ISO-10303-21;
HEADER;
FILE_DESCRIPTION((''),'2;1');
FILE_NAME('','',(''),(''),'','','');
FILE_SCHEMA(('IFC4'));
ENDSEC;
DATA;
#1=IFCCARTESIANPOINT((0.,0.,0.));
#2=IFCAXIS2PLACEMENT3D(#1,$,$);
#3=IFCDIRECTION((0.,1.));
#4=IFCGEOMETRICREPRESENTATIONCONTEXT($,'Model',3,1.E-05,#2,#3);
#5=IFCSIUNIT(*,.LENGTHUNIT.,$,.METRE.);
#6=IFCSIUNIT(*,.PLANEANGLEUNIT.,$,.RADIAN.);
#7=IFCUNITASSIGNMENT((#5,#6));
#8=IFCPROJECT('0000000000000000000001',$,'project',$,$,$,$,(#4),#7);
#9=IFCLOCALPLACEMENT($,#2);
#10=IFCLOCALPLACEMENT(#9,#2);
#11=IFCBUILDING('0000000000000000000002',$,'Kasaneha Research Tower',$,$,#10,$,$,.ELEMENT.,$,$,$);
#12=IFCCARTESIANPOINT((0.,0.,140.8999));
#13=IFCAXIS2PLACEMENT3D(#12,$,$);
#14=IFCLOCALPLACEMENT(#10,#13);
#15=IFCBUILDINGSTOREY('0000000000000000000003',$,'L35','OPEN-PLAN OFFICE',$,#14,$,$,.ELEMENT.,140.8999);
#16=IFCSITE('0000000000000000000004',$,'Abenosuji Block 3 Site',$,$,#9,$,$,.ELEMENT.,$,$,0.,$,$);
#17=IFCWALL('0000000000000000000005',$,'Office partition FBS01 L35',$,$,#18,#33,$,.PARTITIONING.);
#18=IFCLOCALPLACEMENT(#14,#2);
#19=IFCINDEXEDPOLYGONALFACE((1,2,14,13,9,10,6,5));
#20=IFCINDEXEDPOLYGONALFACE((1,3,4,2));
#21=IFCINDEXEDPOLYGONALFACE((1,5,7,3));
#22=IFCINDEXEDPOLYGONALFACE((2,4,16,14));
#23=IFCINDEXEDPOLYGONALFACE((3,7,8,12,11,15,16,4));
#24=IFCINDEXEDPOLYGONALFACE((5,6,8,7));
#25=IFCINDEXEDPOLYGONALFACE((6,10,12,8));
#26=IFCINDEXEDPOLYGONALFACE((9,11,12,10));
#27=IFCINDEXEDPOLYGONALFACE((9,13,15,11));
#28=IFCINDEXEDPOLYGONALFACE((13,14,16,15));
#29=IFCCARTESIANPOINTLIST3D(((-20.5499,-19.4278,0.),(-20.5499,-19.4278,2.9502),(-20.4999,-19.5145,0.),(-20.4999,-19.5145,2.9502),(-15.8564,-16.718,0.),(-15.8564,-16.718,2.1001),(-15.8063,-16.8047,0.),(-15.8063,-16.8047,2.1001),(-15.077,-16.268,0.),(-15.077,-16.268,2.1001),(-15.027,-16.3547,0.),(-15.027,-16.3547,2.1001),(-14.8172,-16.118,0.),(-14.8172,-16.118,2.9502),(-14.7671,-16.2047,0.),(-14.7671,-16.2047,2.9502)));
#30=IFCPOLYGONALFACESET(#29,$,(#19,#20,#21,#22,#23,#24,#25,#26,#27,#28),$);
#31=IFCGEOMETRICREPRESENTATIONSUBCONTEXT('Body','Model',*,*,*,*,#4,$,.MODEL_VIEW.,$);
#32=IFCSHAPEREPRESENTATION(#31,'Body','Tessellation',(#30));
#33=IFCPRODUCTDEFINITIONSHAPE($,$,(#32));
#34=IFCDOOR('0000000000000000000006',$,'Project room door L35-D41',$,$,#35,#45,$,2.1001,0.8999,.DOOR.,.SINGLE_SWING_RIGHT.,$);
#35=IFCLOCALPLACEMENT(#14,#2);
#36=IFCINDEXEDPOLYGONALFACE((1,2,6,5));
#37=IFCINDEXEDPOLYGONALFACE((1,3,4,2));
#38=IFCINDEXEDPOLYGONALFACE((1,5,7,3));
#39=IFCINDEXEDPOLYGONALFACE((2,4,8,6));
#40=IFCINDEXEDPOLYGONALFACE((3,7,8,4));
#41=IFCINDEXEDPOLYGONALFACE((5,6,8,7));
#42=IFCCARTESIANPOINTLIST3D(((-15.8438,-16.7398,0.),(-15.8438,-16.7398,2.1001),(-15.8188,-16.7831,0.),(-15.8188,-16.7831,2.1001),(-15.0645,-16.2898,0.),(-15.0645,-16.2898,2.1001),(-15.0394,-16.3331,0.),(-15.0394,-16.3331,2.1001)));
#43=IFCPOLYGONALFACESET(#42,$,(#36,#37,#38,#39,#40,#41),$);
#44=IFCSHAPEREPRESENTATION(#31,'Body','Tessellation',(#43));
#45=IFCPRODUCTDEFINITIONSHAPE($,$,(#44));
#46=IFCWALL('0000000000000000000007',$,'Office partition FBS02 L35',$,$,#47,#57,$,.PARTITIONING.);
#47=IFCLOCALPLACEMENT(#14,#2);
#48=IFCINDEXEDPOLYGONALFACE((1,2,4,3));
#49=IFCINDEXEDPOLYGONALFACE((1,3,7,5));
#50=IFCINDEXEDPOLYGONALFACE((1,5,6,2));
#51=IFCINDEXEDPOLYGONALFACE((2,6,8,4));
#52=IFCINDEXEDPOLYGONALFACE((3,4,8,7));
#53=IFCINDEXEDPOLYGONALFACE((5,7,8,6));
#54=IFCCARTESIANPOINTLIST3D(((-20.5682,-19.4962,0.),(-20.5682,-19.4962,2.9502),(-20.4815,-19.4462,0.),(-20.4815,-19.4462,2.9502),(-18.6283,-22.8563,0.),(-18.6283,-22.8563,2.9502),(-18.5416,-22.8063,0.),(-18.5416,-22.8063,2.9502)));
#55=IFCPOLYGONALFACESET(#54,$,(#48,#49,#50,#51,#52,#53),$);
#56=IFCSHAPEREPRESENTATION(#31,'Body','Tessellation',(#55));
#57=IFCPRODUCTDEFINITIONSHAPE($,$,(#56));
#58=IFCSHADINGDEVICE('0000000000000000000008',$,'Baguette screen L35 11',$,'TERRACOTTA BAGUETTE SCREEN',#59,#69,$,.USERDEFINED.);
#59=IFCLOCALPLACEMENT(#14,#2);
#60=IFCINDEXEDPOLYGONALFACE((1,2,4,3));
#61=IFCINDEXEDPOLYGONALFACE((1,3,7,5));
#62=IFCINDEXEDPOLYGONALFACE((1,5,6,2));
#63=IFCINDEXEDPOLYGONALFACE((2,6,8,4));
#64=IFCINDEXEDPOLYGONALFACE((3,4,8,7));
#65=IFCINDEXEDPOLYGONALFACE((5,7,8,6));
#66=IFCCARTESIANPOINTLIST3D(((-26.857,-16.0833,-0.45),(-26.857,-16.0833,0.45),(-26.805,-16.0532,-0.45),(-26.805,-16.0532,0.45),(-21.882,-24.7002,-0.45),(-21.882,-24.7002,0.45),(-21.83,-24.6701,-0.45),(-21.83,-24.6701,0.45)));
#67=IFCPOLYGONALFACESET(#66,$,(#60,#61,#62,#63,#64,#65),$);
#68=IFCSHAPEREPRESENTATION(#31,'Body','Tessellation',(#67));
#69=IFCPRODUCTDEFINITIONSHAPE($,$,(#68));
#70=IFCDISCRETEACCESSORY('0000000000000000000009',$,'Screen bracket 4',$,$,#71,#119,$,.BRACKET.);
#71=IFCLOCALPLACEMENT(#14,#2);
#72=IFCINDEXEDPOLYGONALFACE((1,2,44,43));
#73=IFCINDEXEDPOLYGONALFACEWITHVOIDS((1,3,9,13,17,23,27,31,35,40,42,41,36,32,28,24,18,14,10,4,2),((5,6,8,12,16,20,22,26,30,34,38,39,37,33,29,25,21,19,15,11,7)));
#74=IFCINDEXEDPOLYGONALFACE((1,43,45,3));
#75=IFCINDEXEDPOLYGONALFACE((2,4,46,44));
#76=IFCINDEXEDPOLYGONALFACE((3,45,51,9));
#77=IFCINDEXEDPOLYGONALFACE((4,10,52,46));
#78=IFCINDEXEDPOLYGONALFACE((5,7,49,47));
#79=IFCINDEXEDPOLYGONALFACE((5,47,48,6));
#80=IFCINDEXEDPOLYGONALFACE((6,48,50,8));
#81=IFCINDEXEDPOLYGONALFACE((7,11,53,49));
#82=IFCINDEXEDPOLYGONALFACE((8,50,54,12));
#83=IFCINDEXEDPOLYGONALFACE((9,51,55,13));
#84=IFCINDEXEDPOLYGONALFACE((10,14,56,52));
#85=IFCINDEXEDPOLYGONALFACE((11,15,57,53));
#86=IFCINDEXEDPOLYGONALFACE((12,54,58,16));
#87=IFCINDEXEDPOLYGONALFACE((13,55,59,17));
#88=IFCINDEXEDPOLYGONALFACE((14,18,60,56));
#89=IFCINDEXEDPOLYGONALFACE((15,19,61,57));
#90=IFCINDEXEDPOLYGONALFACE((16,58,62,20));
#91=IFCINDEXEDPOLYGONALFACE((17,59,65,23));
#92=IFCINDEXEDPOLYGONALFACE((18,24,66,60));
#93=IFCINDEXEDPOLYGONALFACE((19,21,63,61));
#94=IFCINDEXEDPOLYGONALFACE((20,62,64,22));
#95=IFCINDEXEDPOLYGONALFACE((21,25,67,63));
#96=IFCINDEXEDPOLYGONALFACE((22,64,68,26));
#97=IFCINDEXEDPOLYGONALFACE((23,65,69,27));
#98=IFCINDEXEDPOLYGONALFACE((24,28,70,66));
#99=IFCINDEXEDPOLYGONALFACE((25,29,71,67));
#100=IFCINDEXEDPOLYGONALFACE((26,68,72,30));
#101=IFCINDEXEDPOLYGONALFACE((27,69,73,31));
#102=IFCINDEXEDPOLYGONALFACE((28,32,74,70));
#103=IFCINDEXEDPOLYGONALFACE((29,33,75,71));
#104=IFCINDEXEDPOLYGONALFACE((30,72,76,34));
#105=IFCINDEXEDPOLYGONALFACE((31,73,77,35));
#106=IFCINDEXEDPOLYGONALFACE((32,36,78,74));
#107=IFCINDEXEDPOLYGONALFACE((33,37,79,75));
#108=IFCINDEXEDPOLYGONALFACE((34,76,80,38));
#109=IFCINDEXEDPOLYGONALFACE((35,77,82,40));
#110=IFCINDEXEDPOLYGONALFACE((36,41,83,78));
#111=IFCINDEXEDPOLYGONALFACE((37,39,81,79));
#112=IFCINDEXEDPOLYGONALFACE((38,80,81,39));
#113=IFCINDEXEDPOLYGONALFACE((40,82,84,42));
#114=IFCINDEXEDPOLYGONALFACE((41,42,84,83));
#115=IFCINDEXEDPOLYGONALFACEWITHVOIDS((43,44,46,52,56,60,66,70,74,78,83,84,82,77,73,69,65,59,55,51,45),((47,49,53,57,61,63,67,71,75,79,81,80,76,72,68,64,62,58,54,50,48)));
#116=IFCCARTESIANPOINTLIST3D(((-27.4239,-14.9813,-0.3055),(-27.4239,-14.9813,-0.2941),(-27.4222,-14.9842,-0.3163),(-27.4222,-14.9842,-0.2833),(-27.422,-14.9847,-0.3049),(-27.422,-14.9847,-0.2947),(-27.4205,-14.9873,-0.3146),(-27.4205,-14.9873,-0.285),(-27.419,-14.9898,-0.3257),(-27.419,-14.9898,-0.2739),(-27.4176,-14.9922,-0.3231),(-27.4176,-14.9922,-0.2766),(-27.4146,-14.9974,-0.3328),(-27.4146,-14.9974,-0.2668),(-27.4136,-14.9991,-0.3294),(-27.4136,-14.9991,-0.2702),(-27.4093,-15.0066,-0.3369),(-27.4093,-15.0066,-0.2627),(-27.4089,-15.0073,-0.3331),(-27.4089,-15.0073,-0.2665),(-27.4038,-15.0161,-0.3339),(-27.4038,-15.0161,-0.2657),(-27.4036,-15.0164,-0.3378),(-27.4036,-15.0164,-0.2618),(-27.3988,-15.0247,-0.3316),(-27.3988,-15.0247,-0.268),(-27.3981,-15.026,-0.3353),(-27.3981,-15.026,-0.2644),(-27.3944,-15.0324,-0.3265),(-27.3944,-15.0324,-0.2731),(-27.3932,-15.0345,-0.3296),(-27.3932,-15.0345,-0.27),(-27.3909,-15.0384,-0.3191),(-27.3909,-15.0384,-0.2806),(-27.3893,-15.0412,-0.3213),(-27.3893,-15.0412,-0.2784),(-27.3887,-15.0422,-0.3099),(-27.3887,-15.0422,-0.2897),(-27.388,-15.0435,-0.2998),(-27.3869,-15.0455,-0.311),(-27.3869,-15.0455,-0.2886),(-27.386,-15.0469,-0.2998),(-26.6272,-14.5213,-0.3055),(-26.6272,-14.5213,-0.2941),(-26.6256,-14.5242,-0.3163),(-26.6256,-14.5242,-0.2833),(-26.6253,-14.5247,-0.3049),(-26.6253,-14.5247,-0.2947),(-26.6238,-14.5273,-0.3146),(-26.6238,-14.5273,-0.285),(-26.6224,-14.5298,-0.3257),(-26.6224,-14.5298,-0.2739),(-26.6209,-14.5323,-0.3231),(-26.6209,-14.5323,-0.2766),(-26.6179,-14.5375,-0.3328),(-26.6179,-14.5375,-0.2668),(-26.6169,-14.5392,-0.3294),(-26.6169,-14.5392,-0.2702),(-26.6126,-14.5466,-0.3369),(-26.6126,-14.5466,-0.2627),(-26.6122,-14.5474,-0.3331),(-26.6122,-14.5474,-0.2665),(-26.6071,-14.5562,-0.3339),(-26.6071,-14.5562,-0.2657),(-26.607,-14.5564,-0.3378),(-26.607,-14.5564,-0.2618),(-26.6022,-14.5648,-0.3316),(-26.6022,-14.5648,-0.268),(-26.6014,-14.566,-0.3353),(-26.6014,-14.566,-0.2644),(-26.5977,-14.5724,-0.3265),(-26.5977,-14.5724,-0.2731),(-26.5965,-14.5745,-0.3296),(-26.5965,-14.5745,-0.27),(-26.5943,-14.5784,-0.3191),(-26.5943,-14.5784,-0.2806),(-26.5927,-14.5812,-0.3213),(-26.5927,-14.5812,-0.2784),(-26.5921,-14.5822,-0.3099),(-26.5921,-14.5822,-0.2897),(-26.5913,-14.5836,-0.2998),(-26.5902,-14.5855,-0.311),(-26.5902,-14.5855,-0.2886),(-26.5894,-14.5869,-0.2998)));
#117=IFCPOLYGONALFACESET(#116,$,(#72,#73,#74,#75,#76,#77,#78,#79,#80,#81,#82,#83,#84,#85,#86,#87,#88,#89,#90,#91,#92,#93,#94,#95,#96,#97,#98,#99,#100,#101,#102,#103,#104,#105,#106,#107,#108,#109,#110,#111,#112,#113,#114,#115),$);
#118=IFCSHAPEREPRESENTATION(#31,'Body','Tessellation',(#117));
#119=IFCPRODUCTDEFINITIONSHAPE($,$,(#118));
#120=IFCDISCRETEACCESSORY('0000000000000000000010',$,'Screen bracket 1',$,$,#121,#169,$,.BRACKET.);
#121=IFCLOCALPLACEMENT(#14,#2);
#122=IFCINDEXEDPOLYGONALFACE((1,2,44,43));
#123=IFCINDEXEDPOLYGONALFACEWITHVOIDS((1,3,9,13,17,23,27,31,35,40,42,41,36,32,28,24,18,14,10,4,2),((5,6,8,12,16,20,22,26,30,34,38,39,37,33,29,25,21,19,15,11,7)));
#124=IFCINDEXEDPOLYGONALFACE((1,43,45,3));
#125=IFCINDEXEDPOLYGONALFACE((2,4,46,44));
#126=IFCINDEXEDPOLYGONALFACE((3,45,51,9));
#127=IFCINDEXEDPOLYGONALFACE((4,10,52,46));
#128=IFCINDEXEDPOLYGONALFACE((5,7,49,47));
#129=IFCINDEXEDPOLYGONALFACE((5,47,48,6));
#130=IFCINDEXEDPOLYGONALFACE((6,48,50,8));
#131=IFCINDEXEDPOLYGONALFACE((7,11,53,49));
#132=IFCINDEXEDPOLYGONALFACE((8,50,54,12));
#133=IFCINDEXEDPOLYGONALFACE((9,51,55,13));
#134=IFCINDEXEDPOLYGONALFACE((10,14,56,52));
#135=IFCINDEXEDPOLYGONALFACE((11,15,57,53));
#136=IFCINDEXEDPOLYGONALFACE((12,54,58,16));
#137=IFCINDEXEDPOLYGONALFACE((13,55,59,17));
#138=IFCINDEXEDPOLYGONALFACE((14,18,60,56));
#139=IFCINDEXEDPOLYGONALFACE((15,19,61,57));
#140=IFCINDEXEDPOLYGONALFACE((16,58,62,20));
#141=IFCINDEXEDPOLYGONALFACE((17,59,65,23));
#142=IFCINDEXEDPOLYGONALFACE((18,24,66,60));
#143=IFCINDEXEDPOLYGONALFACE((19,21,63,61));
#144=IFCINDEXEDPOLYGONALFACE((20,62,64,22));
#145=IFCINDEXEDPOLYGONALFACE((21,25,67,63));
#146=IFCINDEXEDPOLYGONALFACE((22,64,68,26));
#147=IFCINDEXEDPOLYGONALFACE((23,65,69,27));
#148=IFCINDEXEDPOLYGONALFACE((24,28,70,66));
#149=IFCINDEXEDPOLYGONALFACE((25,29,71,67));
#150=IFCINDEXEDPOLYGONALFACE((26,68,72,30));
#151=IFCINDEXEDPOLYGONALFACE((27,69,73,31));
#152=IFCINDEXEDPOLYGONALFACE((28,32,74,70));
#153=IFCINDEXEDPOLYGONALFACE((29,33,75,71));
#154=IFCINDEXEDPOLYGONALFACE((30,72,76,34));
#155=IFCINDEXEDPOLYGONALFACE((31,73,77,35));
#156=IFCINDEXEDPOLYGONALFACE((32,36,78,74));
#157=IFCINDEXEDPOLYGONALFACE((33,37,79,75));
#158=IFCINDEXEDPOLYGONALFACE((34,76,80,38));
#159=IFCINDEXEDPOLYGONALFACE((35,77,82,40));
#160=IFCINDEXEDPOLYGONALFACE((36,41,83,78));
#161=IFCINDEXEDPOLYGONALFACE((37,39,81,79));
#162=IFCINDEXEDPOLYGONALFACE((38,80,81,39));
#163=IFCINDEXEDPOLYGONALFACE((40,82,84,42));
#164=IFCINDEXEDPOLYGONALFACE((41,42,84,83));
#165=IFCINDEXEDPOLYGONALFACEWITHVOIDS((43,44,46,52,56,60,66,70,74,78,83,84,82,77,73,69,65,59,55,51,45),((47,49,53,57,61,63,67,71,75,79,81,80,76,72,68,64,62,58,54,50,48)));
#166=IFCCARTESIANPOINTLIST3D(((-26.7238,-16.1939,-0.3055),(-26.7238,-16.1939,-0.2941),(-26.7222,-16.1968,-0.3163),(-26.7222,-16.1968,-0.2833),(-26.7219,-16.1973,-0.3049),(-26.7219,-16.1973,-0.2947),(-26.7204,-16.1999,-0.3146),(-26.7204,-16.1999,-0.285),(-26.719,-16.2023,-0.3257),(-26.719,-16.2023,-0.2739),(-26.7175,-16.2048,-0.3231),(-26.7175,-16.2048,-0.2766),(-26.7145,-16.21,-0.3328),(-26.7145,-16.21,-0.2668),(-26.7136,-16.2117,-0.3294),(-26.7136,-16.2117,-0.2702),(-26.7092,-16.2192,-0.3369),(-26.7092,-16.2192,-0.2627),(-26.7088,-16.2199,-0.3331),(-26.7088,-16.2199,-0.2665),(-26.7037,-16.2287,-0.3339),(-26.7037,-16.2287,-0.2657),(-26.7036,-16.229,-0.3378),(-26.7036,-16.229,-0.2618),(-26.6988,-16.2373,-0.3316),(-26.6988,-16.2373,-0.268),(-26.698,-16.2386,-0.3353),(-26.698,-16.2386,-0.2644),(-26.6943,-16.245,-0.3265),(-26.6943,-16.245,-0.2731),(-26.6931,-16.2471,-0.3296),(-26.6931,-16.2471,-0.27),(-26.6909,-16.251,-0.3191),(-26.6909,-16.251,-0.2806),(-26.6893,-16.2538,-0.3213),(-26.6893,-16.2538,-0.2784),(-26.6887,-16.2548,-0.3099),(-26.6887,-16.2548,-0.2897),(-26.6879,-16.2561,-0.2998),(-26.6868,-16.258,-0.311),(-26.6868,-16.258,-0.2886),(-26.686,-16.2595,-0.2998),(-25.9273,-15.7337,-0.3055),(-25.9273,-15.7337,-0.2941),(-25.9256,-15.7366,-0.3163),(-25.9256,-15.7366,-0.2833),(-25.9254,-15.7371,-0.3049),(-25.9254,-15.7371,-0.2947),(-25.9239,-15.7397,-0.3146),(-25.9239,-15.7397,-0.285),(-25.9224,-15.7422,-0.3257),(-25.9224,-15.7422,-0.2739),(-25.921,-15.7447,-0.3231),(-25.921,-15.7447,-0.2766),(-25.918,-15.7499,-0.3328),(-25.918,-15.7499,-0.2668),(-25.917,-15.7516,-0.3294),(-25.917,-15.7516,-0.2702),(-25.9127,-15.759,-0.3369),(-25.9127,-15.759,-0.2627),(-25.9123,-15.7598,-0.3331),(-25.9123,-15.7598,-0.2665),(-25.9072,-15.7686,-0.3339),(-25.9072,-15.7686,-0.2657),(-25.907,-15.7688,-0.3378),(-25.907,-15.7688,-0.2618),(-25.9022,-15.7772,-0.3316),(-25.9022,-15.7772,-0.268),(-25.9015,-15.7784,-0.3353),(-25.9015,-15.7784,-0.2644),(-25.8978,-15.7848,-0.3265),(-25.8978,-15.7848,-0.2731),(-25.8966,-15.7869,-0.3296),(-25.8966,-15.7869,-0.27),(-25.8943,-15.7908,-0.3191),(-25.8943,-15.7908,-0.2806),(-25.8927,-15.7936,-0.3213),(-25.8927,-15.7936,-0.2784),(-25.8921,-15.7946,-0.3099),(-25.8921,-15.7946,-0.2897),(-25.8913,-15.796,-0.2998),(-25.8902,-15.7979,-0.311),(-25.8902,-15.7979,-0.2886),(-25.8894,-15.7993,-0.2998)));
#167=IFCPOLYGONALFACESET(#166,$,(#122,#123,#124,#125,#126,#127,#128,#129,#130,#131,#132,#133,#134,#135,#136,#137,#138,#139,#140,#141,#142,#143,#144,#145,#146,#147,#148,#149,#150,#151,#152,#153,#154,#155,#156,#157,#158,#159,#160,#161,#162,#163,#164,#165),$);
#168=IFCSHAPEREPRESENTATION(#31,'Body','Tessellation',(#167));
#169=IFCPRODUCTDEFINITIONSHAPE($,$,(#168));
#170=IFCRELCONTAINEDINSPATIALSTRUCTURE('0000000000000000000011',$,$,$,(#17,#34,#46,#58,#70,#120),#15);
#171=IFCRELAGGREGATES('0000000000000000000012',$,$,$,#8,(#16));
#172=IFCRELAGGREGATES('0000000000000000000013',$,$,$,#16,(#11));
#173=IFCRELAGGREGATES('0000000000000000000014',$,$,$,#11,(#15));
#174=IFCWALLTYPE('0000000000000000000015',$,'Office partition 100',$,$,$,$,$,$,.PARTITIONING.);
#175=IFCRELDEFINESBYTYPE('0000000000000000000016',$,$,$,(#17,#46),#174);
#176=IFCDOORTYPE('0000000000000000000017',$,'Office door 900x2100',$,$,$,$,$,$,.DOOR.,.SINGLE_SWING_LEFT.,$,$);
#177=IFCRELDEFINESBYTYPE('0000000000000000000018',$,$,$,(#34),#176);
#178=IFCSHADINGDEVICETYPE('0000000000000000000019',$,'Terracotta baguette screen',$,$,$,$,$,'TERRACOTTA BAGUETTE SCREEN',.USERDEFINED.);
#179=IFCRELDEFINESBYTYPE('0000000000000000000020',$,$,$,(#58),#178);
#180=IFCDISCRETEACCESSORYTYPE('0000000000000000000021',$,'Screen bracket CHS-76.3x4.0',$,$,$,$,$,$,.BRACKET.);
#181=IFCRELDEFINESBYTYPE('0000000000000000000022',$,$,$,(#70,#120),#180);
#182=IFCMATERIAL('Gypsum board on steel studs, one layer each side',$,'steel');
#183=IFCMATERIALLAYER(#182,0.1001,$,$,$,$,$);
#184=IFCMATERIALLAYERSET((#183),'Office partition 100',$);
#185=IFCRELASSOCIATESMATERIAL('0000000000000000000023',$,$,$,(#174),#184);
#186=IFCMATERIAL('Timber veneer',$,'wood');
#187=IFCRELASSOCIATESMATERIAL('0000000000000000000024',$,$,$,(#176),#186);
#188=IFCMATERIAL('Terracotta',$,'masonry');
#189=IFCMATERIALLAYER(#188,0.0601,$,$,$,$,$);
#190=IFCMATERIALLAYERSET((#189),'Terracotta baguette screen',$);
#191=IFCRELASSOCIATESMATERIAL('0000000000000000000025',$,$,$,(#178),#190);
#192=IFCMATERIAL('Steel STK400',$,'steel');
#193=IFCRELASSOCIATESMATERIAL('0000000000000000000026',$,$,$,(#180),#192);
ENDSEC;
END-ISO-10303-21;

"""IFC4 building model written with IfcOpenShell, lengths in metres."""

from ifc_helpers import new_model, si_unit, direction, frame, frame_2d, origin, origin_2d, place, context, subcontext, project, spatial, rectangle, hollow_circle, extrude, material, layer, layer_set, material_profile, profile_set, type_object, element, fill, save


model = new_model("IFC4")

# Units and contexts
model_context = context("Model", 3, precision=1e-05, world=origin(), true_north=direction((0.0, 1.0)))
body_context = subcontext(model_context, "Body", "Model", "MODEL_VIEW")
ifc_project = project(units=[si_unit("LENGTHUNIT", "METRE"), si_unit("PLANEANGLEUNIT", "RADIAN")], contexts=[model_context])

# Site, building, storey
site_placement = place(None, origin())
site = spatial("IfcSite", under=ifc_project, at=site_placement, Name="Abenosuji Block 3 Site", CompositionType="ELEMENT", RefElevation=0.0)
building_placement = place(site_placement, origin())
building = spatial("IfcBuilding", under=site, at=building_placement, Name="Kasaneha Research Tower", CompositionType="ELEMENT")
storey_placement = place(building_placement, frame((0.0, 0.0, 140.8999)))
storey = spatial("IfcBuildingStorey", under=building, at=storey_placement, Name="L35", Description="OPEN-PLAN OFFICE", CompositionType="ELEMENT", Elevation=140.8999)

# Wall, opening, door
ifc_material_1 = material(Name="Gypsum board on steel studs, one layer each side", Category="steel")
ifc_layer_1 = layer(ifc_material_1, 0.1001)
ifc_layer_set_1 = layer_set([ifc_layer_1], Name="Office partition 100")
wall_type = type_object("IfcWallType", Name="Office partition 100", PredefinedType="PARTITIONING", material=ifc_layer_set_1)
wall_1_placement = place(storey_placement, frame((-20.5249, -19.4712, 0.0), z_axis=(0.0, 0.0, 1.0), x_axis=(0.866022, 0.500007, 0.0)))
wall_1 = element("IfcWall", 1, at=wall_1_placement, inside=storey, type_object=wall_type, Name="Office partition FBS01 L35", PredefinedType="PARTITIONING", context=body_context, shape_type="SweptSolid", body=[
    extrude(rectangle(XDim=6.6196, YDim=0.1001, at=frame_2d((3.3098, 0.0))), origin(), (0.0, 0.0, 1.0), 2.9502),
])
opening_placement = place(wall_1_placement, frame((5.4197, 0.0, 0.0)))
opening = element("IfcOpeningElement", 2, at=opening_placement, cuts=wall_1, PredefinedType="OPENING", context=body_context, shape_type="SweptSolid", body=[
    extrude(rectangle(XDim=0.8999, YDim=2.1001, at=frame_2d((0.45, 1.05))), frame((0.0, 0.0601, 0.0), z_axis=(0.0, -1.0, 0.0), x_axis=(1.0, 0.0, 0.0)), (0.0, 0.0, 1.0), 0.1201),
])
ifc_material_2 = material(Name="Timber veneer", Category="wood")
door_type = type_object("IfcDoorType", Name="Office door 900x2100", OperationType="SINGLE_SWING_LEFT", PredefinedType="DOOR", material=ifc_material_2)
door_placement = place(opening_placement, origin())
door = element("IfcDoor", 3, at=door_placement, inside=storey, type_object=door_type, Name="Project room door L35-D41", OperationType="SINGLE_SWING_RIGHT", OverallHeight=2.1001, OverallWidth=0.8999, PredefinedType="DOOR", context=body_context, shape_type="SweptSolid", body=[
    extrude(rectangle(XDim=0.8999, YDim=2.1001, at=frame_2d((0.45, 1.05))), frame((0.0, 0.0249, 0.0), z_axis=(0.0, -1.0, 0.0), x_axis=(1.0, 0.0, 0.0)), (0.0, 0.0, 1.0), 0.05),
])
fill(opening, door)

# Wall
wall_2_placement = place(storey_placement, frame((-18.585, -22.8313, 0.0), z_axis=(0.0, 0.0, 1.0), x_axis=(-0.499997, 0.866027, 0.0)))
element("IfcWall", 4, at=wall_2_placement, inside=storey, type_object=wall_type, Name="Office partition FBS02 L35", PredefinedType="PARTITIONING", context=body_context, shape_type="SweptSolid", body=[
    extrude(rectangle(XDim=3.8799, YDim=0.1001, at=frame_2d((1.9399, 0.0))), origin(), (0.0, 0.0, 1.0), 2.9502),
])

# Shading device
ifc_material_3 = material(Name="Terracotta", Category="masonry")
ifc_layer_2 = layer(ifc_material_3, 0.0601)
ifc_layer_set_2 = layer_set([ifc_layer_2], Name="Terracotta baguette screen")
shading_device_type = type_object("IfcShadingDeviceType", Name="Terracotta baguette screen", ElementType="TERRACOTTA BAGUETTE SCREEN", PredefinedType="USERDEFINED", material=ifc_layer_set_2)
shading_device_placement = place(storey_placement, frame((-24.3435, -20.3767, -0.45), z_axis=(0.0, 0.0, 1.0), x_axis=(0.5, -0.866025, 0.0)))
element("IfcShadingDevice", 5, at=shading_device_placement, inside=storey, type_object=shading_device_type, Name="Baguette screen L35 11", ObjectType="TERRACOTTA BAGUETTE SCREEN", PredefinedType="USERDEFINED", context=body_context, shape_type="SweptSolid", body=[
    extrude(rectangle(XDim=9.95, YDim=0.0601, at=origin_2d()), origin(), (0.0, 0.0, 1.0), 0.8999),
])

# Discrete accessories
ifc_material_4 = material(Name="Steel STK400", Category="steel")
ifc_material_profile_1 = material_profile(ifc_material_4, hollow_circle(Radius=0.0381, WallThickness=0.0039, at=origin_2d()), Name="CHS-76.3x4.0")
ifc_profile_set_1 = profile_set([ifc_material_profile_1], Name="Steel STK400")
discrete_accessory_type = type_object("IfcDiscreteAccessoryType", Name="Screen bracket CHS-76.3x4.0", PredefinedType="BRACKET", material=ifc_profile_set_1)
for number, where, z_axis, x_axis, name in (
    (6, (-26.6084, -14.554, -0.2998), (-0.866013, -0.500021, 0.0), (0.500021, -0.866013, 0.0), "Screen bracket 4"),
    (7, (-25.9084, -15.7664, -0.2998), (-0.865898, -0.50022, 0.0), (0.50022, -0.865898, 0.0), "Screen bracket 1"),
):
    element("IfcDiscreteAccessory", number, at=place(storey_placement, frame(where, z_axis=z_axis, x_axis=x_axis)), inside=storey, type_object=discrete_accessory_type, Name=name, PredefinedType="BRACKET", context=body_context, shape_type="SweptSolid", body=[
        extrude(hollow_circle(Radius=0.0381, WallThickness=0.0039, at=origin_2d()), origin(), (0.0, 0.0, 1.0), 0.9199),
    ])

save(model, "model.ifc")
